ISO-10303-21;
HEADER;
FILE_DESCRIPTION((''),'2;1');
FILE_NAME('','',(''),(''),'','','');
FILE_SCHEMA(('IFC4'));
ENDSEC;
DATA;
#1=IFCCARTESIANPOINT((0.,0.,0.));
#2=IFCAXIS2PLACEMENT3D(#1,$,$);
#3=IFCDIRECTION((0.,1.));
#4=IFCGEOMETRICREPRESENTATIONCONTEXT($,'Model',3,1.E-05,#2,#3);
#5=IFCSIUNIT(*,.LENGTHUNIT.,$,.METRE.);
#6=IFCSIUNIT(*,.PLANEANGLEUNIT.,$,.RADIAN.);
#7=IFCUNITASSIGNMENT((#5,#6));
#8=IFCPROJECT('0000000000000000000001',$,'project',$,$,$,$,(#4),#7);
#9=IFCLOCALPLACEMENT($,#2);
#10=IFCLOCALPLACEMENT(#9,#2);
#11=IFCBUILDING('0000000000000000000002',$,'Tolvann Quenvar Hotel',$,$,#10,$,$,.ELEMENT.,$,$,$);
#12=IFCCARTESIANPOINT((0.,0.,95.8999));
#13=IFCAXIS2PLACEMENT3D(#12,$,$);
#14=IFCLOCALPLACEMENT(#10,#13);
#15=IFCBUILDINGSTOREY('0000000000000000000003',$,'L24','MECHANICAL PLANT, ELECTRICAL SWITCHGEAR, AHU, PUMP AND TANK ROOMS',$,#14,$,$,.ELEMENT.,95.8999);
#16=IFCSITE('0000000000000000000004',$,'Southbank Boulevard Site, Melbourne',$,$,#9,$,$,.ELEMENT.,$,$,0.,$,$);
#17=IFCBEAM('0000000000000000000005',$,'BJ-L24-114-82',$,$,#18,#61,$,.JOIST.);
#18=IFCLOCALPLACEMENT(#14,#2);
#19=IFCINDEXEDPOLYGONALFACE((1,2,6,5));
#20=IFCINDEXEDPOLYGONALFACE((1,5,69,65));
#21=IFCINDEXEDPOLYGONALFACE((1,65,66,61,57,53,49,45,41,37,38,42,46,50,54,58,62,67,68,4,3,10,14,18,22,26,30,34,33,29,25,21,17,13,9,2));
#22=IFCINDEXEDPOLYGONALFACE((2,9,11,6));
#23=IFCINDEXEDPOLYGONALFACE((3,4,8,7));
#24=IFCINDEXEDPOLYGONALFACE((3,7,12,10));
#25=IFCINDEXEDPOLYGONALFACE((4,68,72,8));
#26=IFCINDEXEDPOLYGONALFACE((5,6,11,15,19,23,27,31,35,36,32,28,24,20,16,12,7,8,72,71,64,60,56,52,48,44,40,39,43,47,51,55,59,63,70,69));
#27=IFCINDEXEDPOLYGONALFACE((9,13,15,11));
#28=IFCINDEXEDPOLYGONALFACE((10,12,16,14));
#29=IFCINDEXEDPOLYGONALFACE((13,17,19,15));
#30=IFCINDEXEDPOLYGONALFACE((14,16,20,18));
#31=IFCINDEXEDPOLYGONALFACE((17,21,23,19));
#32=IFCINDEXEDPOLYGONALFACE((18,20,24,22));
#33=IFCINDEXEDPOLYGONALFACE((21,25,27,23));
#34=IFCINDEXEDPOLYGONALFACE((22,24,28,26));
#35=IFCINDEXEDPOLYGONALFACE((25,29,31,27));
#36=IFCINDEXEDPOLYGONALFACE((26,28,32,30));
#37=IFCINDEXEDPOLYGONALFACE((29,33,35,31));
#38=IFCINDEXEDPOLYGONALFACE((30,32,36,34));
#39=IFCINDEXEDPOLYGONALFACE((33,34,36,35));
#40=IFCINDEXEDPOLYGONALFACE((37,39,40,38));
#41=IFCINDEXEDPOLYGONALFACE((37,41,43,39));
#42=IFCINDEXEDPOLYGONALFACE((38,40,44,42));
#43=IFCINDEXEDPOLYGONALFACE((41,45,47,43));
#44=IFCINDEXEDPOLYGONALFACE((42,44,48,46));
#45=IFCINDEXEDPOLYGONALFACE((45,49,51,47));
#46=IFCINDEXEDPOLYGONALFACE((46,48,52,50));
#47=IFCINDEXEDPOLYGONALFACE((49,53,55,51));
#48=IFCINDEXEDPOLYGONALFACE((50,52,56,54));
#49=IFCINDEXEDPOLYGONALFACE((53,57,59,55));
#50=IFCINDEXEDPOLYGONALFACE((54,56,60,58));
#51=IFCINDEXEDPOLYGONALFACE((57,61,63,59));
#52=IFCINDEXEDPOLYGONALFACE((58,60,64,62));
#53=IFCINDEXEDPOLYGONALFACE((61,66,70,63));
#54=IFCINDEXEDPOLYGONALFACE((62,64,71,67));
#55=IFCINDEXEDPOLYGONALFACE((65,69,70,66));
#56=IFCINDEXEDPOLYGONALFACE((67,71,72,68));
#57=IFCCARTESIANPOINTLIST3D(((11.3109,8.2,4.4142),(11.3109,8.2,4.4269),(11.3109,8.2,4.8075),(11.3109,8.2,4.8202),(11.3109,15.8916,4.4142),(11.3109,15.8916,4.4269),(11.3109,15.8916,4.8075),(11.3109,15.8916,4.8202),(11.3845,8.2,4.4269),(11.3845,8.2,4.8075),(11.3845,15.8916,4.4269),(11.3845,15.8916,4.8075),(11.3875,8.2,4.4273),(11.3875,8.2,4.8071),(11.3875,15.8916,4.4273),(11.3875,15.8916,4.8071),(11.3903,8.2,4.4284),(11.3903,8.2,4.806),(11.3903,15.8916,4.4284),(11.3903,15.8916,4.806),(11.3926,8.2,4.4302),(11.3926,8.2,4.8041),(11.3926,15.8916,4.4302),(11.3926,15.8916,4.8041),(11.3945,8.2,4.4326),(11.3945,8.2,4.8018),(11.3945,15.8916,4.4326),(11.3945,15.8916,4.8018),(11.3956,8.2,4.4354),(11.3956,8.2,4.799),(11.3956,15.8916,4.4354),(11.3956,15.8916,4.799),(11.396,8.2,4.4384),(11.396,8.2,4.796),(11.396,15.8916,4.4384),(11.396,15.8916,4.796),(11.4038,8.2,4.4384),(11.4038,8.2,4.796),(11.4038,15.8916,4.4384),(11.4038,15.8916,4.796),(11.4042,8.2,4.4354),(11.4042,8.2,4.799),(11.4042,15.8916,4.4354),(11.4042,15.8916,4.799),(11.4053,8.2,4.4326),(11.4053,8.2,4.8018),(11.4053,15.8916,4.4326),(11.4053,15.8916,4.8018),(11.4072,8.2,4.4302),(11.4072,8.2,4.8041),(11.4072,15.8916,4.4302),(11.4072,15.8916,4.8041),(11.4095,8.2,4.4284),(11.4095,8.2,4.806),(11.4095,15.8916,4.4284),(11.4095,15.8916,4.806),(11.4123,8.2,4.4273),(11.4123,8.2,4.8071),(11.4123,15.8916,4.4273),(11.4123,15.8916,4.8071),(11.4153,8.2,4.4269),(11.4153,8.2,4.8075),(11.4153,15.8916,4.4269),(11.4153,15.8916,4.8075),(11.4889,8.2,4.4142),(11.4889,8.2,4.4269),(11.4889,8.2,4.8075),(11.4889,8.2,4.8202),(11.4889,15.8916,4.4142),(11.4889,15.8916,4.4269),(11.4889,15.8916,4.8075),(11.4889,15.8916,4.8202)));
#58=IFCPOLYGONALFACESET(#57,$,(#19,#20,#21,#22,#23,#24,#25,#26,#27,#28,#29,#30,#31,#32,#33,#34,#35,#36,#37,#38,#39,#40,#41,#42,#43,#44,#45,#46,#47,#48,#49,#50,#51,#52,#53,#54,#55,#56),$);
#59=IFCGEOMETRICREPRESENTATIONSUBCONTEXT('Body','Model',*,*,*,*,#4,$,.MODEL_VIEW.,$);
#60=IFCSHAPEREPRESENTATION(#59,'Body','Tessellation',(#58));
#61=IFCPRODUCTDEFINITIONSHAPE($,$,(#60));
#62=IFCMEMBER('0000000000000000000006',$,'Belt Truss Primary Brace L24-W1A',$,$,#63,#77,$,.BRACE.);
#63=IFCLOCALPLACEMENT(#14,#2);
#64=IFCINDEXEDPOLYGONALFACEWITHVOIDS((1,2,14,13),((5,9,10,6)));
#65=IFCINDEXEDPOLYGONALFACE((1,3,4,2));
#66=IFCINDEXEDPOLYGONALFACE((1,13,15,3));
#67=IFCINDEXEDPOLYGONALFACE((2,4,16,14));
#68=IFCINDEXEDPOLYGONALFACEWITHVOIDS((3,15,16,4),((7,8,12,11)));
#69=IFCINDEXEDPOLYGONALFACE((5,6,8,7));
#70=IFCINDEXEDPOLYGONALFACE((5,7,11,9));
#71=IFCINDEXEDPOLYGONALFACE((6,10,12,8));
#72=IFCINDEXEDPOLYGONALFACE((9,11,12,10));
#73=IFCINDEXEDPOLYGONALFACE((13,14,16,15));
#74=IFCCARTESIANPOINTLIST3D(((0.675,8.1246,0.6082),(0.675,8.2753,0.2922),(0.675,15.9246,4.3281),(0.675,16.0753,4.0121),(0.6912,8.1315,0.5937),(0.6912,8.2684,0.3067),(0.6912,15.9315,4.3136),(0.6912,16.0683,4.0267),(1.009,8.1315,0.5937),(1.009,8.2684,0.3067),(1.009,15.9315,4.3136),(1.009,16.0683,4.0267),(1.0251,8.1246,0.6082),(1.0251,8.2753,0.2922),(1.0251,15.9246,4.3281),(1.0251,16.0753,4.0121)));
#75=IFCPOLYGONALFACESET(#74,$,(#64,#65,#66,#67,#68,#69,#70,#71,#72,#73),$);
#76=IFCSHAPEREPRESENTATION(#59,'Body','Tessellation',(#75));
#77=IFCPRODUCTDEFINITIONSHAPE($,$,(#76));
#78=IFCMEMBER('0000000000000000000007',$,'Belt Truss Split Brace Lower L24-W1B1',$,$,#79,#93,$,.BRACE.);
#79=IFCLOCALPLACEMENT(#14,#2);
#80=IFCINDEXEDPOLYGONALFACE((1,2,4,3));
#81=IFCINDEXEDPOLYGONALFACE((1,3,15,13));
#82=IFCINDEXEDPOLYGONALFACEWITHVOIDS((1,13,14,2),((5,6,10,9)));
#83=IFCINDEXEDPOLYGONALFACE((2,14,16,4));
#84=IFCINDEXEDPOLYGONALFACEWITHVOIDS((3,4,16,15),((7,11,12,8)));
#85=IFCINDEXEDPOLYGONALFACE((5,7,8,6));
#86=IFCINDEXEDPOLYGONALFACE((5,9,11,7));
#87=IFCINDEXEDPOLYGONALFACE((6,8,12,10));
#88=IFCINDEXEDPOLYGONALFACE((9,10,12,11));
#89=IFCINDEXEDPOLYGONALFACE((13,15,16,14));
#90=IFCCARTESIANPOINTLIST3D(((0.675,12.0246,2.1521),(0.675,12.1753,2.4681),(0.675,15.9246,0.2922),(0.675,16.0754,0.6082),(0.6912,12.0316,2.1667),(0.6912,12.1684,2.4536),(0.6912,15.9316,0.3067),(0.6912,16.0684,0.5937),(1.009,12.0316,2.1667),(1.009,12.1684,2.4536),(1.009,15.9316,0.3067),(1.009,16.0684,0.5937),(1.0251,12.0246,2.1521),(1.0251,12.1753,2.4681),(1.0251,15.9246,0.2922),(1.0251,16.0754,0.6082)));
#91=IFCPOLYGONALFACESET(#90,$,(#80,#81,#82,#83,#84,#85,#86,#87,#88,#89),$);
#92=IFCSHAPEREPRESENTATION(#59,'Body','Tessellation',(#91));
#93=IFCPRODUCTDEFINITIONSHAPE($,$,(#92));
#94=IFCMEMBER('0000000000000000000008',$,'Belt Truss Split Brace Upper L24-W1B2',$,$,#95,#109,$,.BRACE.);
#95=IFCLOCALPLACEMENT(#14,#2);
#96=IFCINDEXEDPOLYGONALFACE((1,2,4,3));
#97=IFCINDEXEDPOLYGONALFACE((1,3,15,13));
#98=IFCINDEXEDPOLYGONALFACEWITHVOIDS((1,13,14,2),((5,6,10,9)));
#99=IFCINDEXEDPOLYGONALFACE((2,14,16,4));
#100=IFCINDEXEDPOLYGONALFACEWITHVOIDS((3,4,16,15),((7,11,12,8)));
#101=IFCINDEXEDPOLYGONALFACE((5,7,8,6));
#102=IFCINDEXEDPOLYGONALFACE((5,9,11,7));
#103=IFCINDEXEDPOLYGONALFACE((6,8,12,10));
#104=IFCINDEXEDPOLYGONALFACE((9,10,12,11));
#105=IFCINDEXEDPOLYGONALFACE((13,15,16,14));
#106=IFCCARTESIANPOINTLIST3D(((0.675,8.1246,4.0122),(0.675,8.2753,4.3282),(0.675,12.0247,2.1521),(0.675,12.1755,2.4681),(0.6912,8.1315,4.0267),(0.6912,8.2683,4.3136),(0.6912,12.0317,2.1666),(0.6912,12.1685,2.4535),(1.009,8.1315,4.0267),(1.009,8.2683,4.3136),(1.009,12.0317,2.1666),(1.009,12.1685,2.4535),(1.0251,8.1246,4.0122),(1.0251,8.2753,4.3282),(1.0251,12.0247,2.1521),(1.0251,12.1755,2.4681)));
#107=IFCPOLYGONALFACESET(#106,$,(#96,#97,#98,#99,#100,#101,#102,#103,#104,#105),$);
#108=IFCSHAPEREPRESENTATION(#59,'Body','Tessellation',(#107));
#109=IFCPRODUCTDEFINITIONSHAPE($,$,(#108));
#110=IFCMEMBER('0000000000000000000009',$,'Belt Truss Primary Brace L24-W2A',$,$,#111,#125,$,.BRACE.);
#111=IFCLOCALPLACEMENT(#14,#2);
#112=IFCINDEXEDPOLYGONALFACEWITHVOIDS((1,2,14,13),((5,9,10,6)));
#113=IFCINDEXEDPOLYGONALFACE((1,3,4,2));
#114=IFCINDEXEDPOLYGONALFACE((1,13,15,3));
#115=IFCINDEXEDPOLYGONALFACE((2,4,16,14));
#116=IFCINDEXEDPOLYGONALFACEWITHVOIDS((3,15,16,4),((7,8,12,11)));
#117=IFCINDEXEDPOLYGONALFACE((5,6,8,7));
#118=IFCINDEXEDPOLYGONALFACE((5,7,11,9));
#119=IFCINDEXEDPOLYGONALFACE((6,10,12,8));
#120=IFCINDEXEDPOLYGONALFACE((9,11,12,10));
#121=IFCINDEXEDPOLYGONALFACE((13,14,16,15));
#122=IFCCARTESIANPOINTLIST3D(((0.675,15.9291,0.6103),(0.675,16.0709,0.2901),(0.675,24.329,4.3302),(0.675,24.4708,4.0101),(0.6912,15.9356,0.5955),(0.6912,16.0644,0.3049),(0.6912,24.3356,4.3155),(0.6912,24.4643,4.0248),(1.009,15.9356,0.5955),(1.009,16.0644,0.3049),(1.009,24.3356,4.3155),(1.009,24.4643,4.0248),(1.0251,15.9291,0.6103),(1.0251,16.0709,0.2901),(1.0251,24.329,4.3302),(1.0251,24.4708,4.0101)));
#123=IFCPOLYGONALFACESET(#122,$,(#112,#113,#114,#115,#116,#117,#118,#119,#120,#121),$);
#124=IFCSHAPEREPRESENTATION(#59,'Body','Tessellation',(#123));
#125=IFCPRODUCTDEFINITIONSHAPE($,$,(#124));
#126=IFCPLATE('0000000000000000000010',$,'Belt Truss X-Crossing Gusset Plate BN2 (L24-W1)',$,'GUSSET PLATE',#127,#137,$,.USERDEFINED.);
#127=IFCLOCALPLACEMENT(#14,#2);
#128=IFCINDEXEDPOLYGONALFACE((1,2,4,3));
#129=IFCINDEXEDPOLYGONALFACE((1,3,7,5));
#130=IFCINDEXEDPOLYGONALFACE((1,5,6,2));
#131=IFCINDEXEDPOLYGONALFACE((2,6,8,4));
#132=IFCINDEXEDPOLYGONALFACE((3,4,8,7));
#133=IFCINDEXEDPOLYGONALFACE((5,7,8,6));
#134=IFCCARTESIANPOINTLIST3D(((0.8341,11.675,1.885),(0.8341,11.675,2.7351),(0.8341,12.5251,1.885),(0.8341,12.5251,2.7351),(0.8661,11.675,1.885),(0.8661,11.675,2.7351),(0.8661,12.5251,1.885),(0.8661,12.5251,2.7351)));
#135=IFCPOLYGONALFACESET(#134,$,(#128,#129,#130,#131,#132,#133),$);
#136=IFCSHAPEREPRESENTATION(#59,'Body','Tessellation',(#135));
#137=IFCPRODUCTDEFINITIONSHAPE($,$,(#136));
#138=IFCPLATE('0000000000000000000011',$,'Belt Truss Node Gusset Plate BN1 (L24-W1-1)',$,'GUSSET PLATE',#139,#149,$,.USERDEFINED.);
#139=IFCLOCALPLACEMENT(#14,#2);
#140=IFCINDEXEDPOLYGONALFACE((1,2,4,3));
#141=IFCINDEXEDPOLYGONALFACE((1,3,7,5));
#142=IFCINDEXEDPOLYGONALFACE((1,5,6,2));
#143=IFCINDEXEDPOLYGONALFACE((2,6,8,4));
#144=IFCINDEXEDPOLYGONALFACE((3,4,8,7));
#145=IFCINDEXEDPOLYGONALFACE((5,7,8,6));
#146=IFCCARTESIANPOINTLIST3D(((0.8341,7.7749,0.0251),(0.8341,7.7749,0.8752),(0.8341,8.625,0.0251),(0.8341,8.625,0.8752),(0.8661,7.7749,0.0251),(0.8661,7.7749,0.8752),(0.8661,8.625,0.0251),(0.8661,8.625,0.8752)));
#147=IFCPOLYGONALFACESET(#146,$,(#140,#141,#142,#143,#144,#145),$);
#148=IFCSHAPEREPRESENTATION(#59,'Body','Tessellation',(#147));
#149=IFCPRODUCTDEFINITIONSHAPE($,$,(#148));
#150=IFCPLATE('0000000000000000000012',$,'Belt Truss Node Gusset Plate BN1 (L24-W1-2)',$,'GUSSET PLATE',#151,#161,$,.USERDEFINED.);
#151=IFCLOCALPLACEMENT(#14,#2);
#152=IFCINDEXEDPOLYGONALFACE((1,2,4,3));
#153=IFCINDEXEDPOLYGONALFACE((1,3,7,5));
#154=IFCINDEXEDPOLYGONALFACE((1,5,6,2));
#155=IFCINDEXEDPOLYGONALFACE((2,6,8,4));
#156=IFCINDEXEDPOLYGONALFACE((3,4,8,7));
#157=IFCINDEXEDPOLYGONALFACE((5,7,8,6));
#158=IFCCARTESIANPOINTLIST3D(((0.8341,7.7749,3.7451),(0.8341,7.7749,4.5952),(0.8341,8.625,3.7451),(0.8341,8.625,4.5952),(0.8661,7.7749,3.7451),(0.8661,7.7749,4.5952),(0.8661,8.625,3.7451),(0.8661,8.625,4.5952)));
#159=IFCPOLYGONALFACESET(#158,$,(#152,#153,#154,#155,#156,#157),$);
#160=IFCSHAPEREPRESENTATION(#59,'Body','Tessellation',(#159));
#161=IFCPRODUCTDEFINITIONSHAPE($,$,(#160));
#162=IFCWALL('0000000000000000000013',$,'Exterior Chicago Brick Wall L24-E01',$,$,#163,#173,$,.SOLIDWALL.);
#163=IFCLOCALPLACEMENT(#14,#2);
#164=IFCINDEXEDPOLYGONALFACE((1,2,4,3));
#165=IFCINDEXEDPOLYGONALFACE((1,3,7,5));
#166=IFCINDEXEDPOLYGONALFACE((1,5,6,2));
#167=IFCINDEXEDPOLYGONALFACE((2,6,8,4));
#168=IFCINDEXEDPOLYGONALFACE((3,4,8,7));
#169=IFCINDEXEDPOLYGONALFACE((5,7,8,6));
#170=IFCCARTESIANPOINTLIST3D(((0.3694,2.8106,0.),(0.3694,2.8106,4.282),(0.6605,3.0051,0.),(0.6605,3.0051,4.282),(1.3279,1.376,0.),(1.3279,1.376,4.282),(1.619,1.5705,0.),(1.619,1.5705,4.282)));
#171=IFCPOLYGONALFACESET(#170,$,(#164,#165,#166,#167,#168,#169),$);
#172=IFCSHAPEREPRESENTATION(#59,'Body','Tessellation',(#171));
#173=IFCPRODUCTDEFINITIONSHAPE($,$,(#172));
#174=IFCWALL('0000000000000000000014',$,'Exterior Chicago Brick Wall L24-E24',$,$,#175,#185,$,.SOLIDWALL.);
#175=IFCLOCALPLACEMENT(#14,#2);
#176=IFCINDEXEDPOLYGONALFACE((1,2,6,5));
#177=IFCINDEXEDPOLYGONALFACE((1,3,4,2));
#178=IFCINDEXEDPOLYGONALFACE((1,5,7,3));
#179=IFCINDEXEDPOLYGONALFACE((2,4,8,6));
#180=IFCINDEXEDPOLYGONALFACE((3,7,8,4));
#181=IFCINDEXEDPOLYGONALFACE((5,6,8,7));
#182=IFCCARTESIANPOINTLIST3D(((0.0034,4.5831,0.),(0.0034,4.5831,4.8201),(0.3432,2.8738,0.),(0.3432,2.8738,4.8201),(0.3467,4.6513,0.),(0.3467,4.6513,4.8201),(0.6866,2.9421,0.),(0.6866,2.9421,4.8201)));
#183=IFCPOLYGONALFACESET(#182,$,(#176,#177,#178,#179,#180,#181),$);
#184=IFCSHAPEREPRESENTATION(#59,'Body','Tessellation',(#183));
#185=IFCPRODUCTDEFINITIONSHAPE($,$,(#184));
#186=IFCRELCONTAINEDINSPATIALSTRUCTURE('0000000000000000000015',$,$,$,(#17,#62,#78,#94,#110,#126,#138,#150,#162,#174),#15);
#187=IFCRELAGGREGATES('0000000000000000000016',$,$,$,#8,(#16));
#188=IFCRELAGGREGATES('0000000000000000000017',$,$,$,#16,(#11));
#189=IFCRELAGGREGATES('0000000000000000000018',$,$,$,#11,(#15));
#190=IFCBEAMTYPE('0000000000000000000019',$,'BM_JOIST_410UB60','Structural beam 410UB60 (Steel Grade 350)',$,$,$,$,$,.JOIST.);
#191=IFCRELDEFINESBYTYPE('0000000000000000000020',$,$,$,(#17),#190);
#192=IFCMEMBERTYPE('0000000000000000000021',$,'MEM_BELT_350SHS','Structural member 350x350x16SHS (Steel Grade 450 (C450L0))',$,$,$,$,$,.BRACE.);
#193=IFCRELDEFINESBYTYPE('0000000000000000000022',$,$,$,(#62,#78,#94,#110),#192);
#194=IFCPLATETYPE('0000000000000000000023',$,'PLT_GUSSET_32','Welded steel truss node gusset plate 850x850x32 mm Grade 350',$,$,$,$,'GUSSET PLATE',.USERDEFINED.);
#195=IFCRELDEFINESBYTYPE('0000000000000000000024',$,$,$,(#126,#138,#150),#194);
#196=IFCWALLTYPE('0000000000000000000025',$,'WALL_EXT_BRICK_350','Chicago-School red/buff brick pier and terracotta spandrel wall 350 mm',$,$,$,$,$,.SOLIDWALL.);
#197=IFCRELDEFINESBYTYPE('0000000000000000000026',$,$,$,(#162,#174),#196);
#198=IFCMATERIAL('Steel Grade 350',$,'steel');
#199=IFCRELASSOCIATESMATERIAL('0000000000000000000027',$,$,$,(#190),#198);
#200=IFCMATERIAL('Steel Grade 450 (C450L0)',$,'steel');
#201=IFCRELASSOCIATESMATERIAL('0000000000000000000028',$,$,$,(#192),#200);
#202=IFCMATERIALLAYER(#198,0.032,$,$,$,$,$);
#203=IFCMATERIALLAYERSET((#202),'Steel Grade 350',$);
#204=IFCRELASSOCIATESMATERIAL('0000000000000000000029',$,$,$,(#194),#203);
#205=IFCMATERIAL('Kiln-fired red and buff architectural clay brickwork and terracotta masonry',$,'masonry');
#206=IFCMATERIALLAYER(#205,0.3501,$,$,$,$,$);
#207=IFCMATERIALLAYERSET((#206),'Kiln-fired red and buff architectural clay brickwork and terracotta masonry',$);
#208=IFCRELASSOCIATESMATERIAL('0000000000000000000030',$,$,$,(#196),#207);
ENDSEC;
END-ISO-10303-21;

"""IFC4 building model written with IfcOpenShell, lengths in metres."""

from ifc_helpers import new_model, si_unit, direction, frame, frame_2d, origin, origin_2d, place, context, subcontext, project, spatial, rectangle, hollow_rectangle, i_section, extrude, source, transform, mapped, material, layer, layer_set, material_profile, profile_set, type_object, type_shapes, element, save


model = new_model("IFC4")

# Units and contexts
model_context = context("Model", 3, precision=1e-05, world=origin(), true_north=direction((0.0, 1.0)))
body_context = subcontext(model_context, "Body", "Model", "MODEL_VIEW")
ifc_project = project(units=[si_unit("LENGTHUNIT", "METRE"), si_unit("PLANEANGLEUNIT", "RADIAN")], contexts=[model_context])

# Site, building, storey
site_placement = place(None, origin())
site = spatial("IfcSite", under=ifc_project, at=site_placement, Name="Southbank Boulevard Site, Melbourne", CompositionType="ELEMENT", RefElevation=0.0)
building_placement = place(site_placement, origin())
building = spatial("IfcBuilding", under=site, at=building_placement, Name="Tolvann Quenvar Hotel", CompositionType="ELEMENT")
storey_placement = place(building_placement, frame((0.0, 0.0, 95.8999)))
storey = spatial("IfcBuildingStorey", under=building, at=storey_placement, Name="L24", Description="MECHANICAL PLANT, ELECTRICAL SWITCHGEAR, AHU, PUMP AND TANK ROOMS", CompositionType="ELEMENT", Elevation=95.8999)

# Shared definitions
ifc_material_1 = material(Name="Steel Grade 350", Category="steel")

# Beam
ifc_material_profile_1 = material_profile(ifc_material_1, i_section(OverallWidth=0.178, OverallDepth=0.406, WebThickness=0.0078, FlangeThickness=0.0127, FilletRadius=0.0115, at=origin_2d()), Name="410UB60")
ifc_profile_set_1 = profile_set([ifc_material_profile_1], Name="Steel Grade 350")
beam_type_1 = type_object("IfcBeamType", Name="BM_JOIST_410UB60", Description="Structural beam 410UB60 (Steel Grade 350)", PredefinedType="JOIST", material=ifc_profile_set_1)
shared_shape_1 = source(origin(), body_context, "Body", "SweptSolid", [
    extrude(i_section(OverallWidth=0.178, OverallDepth=0.406, WebThickness=0.0078, FlangeThickness=0.0127, FilletRadius=0.0115, at=origin_2d()), origin(), (0.0, 0.0, 1.0), 7.6917),
])
type_shapes(beam_type_1, [shared_shape_1])
beam_1_placement = place(storey_placement, frame((11.3999, 8.2, 4.6172), z_axis=(0.0, 1.0, 0.0), x_axis=(-1.0, 0.0, 0.0)))
element("IfcBeam", 1, at=beam_1_placement, inside=storey, type_object=beam_type_1, Name="BJ-L24-114-82", PredefinedType="JOIST", context=body_context, shape_type="MappedRepresentation", body=[
    mapped(shared_shape_1, transform((0.0, 0.0, 0.0), x_axis=(1.0, 0.0, 0.0), y_axis=(0.0, 1.0, 0.0), z_axis=(0.0, 0.0, 1.0), scale=1.0)),
])

# Members
ifc_material_2 = material(Name="Steel Grade 450 (C450L0)", Category="steel")
ifc_material_profile_2 = material_profile(ifc_material_2, hollow_rectangle(XDim=0.3501, YDim=0.3501, WallThickness=0.0161, at=origin_2d()), Name="350x350x16SHS")
ifc_profile_set_2 = profile_set([ifc_material_profile_2], Name="Steel Grade 450 (C450L0)")
member_type = type_object("IfcMemberType", Name="MEM_BELT_350SHS", Description="Structural member 350x350x16SHS (Steel Grade 450 (C450L0))", PredefinedType="BRACE", material=ifc_profile_set_2)
shared_shape_2 = source(origin(), body_context, "Body", "SweptSolid", [
    extrude(hollow_rectangle(XDim=0.3501, YDim=0.3501, WallThickness=0.0161, at=origin_2d()), origin(), (0.0, 0.0, 1.0), 8.6416),
])
member_1_placement = place(storey_placement, frame((0.8501, 8.2, 0.4502), z_axis=(0.0, 0.902606, 0.430468), x_axis=(-1.0, 0.0, 0.0)))
element("IfcMember", 2, at=member_1_placement, inside=storey, type_object=member_type, Name="Belt Truss Primary Brace L24-W1A", PredefinedType="BRACE", context=body_context, shape_type="MappedRepresentation", body=[
    mapped(shared_shape_2, transform((0.0, 0.0, 0.0), x_axis=(1.0, 0.0, 0.0), y_axis=(0.0, 1.0, 0.0), z_axis=(0.0, 0.0, 1.0), scale=1.0)),
])
shared_shape_3 = source(origin(), body_context, "Body", "SweptSolid", [
    extrude(hollow_rectangle(XDim=0.3501, YDim=0.3501, WallThickness=0.0161, at=origin_2d()), origin(), (0.0, 0.0, 1.0), 4.3208),
])
member_2_placement = place(storey_placement, frame((0.8501, 16.0, 0.4502), z_axis=(0.0, -0.902612, 0.430456), x_axis=(1.0, 0.0, 0.0)))
element("IfcMember", 3, at=member_2_placement, inside=storey, type_object=member_type, Name="Belt Truss Split Brace Lower L24-W1B1", PredefinedType="BRACE", context=body_context, shape_type="MappedRepresentation", body=[
    mapped(shared_shape_3, transform((0.0, 0.0, 0.0), x_axis=(1.0, 0.0, 0.0), y_axis=(0.0, 1.0, 0.0), z_axis=(0.0, 0.0, 1.0), scale=1.0)),
])
shared_shape_4 = source(origin(), body_context, "Body", "SweptSolid", [
    extrude(hollow_rectangle(XDim=0.3501, YDim=0.3501, WallThickness=0.0161, at=origin_2d()), origin(), (0.0, 0.0, 1.0), 4.321),
])
member_3_placement = place(storey_placement, frame((0.8501, 12.1001, 2.3101), z_axis=(0.0, -0.9026, 0.43048), x_axis=(1.0, 0.0, 0.0)))
element("IfcMember", 4, at=member_3_placement, inside=storey, type_object=member_type, Name="Belt Truss Split Brace Upper L24-W1B2", PredefinedType="BRACE", context=body_context, shape_type="MappedRepresentation", body=[
    mapped(shared_shape_4, transform((0.0, 0.0, 0.0), x_axis=(1.0, 0.0, 0.0), y_axis=(0.0, 1.0, 0.0), z_axis=(0.0, 0.0, 1.0), scale=1.0)),
])
shared_shape_5 = source(origin(), body_context, "Body", "SweptSolid", [
    extrude(hollow_rectangle(XDim=0.3501, YDim=0.3501, WallThickness=0.0161, at=origin_2d()), origin(), (0.0, 0.0, 1.0), 9.1868),
])
type_shapes(member_type, [shared_shape_2, shared_shape_3, shared_shape_4, shared_shape_5])
member_4_placement = place(storey_placement, frame((0.8501, 16.0, 0.4502), z_axis=(0.0, 0.914349, 0.404927), x_axis=(-1.0, 0.0, 0.0)))
element("IfcMember", 5, at=member_4_placement, inside=storey, type_object=member_type, Name="Belt Truss Primary Brace L24-W2A", PredefinedType="BRACE", context=body_context, shape_type="MappedRepresentation", body=[
    mapped(shared_shape_5, transform((0.0, 0.0, 0.0), x_axis=(1.0, 0.0, 0.0), y_axis=(0.0, 1.0, 0.0), z_axis=(0.0, 0.0, 1.0), scale=1.0)),
])

# Plates
ifc_layer_1 = layer(ifc_material_1, 0.032)
ifc_layer_set_1 = layer_set([ifc_layer_1], Name="Steel Grade 350")
plate_type = type_object("IfcPlateType", Name="PLT_GUSSET_32", Description="Welded steel truss node gusset plate 850x850x32 mm Grade 350", ElementType="GUSSET PLATE", PredefinedType="USERDEFINED", material=ifc_layer_set_1)
shared_shape_6 = source(origin(), body_context, "Body", "SweptSolid", [
    extrude(rectangle(XDim=0.032, YDim=0.8501, at=origin_2d()), origin(), (0.0, 0.0, 1.0), 0.8501),
])
type_shapes(plate_type, [shared_shape_6])
for number, where, z_axis, x_axis, name in (
    (6, (0.8501, 12.1001, 1.885), (0.0, 0.0, 1.0), (1.0, 0.0, 0.0), "Belt Truss X-Crossing Gusset Plate BN2 (L24-W1)"),
    (7, (0.8501, 8.2, 0.0251), (0.0, 0.0, 1.0), (1.0, 0.0, 0.0), "Belt Truss Node Gusset Plate BN1 (L24-W1-1)"),
    (8, (0.8501, 8.2, 3.7451), (0.0, 0.0, 1.0), (1.0, 0.0, 0.0), "Belt Truss Node Gusset Plate BN1 (L24-W1-2)"),
):
    element("IfcPlate", number, at=place(storey_placement, frame(where, z_axis=z_axis, x_axis=x_axis)), inside=storey, type_object=plate_type, Name=name, ObjectType="GUSSET PLATE", PredefinedType="USERDEFINED", context=body_context, shape_type="MappedRepresentation", body=[
        mapped(shared_shape_6, transform((0.0, 0.0, 0.0), x_axis=(1.0, 0.0, 0.0), y_axis=(0.0, 1.0, 0.0), z_axis=(0.0, 0.0, 1.0), scale=1.0)),
    ])

# Walls
ifc_material_3 = material(Name="Kiln-fired red and buff architectural clay brickwork and terracotta masonry", Category="masonry")
ifc_layer_2 = layer(ifc_material_3, 0.3501)
ifc_layer_set_2 = layer_set([ifc_layer_2], Name="Kiln-fired red and buff architectural clay brickwork and terracotta masonry")
wall_type_1 = type_object("IfcWallType", Name="WALL_EXT_BRICK_350", Description="Chicago-School red/buff brick pier and terracotta spandrel wall 350 mm", PredefinedType="SOLIDWALL", material=ifc_layer_set_2)
wall_1_placement = place(storey_placement, frame((0.5149, 2.908, 0.0), z_axis=(0.0, 0.0, 1.0), x_axis=(0.555549, -0.831484, 0.0)))
element("IfcWall", 9, at=wall_1_placement, inside=storey, type_object=wall_type_1, Name="Exterior Chicago Brick Wall L24-E01", PredefinedType="SOLIDWALL", context=body_context, shape_type="SweptSolid", body=[
    extrude(rectangle(XDim=1.7253, YDim=0.3501, at=frame_2d((0.8628, 0.0))), origin(), (0.0, 0.0, 1.0), 4.282),
])
wall_2_placement = place(storey_placement, frame((0.175, 4.6172, 0.0), z_axis=(0.0, 0.0, 1.0), x_axis=(0.195011, -0.980801, 0.0)))
element("IfcWall", 10, at=wall_2_placement, inside=storey, type_object=wall_type_1, Name="Exterior Chicago Brick Wall L24-E24", PredefinedType="SOLIDWALL", context=body_context, shape_type="SweptSolid", body=[
    extrude(rectangle(XDim=1.7427, YDim=0.3501, at=frame_2d((0.8713, 0.0))), origin(), (0.0, 0.0, 1.0), 4.8201),
])

save(model, "model.ifc")
